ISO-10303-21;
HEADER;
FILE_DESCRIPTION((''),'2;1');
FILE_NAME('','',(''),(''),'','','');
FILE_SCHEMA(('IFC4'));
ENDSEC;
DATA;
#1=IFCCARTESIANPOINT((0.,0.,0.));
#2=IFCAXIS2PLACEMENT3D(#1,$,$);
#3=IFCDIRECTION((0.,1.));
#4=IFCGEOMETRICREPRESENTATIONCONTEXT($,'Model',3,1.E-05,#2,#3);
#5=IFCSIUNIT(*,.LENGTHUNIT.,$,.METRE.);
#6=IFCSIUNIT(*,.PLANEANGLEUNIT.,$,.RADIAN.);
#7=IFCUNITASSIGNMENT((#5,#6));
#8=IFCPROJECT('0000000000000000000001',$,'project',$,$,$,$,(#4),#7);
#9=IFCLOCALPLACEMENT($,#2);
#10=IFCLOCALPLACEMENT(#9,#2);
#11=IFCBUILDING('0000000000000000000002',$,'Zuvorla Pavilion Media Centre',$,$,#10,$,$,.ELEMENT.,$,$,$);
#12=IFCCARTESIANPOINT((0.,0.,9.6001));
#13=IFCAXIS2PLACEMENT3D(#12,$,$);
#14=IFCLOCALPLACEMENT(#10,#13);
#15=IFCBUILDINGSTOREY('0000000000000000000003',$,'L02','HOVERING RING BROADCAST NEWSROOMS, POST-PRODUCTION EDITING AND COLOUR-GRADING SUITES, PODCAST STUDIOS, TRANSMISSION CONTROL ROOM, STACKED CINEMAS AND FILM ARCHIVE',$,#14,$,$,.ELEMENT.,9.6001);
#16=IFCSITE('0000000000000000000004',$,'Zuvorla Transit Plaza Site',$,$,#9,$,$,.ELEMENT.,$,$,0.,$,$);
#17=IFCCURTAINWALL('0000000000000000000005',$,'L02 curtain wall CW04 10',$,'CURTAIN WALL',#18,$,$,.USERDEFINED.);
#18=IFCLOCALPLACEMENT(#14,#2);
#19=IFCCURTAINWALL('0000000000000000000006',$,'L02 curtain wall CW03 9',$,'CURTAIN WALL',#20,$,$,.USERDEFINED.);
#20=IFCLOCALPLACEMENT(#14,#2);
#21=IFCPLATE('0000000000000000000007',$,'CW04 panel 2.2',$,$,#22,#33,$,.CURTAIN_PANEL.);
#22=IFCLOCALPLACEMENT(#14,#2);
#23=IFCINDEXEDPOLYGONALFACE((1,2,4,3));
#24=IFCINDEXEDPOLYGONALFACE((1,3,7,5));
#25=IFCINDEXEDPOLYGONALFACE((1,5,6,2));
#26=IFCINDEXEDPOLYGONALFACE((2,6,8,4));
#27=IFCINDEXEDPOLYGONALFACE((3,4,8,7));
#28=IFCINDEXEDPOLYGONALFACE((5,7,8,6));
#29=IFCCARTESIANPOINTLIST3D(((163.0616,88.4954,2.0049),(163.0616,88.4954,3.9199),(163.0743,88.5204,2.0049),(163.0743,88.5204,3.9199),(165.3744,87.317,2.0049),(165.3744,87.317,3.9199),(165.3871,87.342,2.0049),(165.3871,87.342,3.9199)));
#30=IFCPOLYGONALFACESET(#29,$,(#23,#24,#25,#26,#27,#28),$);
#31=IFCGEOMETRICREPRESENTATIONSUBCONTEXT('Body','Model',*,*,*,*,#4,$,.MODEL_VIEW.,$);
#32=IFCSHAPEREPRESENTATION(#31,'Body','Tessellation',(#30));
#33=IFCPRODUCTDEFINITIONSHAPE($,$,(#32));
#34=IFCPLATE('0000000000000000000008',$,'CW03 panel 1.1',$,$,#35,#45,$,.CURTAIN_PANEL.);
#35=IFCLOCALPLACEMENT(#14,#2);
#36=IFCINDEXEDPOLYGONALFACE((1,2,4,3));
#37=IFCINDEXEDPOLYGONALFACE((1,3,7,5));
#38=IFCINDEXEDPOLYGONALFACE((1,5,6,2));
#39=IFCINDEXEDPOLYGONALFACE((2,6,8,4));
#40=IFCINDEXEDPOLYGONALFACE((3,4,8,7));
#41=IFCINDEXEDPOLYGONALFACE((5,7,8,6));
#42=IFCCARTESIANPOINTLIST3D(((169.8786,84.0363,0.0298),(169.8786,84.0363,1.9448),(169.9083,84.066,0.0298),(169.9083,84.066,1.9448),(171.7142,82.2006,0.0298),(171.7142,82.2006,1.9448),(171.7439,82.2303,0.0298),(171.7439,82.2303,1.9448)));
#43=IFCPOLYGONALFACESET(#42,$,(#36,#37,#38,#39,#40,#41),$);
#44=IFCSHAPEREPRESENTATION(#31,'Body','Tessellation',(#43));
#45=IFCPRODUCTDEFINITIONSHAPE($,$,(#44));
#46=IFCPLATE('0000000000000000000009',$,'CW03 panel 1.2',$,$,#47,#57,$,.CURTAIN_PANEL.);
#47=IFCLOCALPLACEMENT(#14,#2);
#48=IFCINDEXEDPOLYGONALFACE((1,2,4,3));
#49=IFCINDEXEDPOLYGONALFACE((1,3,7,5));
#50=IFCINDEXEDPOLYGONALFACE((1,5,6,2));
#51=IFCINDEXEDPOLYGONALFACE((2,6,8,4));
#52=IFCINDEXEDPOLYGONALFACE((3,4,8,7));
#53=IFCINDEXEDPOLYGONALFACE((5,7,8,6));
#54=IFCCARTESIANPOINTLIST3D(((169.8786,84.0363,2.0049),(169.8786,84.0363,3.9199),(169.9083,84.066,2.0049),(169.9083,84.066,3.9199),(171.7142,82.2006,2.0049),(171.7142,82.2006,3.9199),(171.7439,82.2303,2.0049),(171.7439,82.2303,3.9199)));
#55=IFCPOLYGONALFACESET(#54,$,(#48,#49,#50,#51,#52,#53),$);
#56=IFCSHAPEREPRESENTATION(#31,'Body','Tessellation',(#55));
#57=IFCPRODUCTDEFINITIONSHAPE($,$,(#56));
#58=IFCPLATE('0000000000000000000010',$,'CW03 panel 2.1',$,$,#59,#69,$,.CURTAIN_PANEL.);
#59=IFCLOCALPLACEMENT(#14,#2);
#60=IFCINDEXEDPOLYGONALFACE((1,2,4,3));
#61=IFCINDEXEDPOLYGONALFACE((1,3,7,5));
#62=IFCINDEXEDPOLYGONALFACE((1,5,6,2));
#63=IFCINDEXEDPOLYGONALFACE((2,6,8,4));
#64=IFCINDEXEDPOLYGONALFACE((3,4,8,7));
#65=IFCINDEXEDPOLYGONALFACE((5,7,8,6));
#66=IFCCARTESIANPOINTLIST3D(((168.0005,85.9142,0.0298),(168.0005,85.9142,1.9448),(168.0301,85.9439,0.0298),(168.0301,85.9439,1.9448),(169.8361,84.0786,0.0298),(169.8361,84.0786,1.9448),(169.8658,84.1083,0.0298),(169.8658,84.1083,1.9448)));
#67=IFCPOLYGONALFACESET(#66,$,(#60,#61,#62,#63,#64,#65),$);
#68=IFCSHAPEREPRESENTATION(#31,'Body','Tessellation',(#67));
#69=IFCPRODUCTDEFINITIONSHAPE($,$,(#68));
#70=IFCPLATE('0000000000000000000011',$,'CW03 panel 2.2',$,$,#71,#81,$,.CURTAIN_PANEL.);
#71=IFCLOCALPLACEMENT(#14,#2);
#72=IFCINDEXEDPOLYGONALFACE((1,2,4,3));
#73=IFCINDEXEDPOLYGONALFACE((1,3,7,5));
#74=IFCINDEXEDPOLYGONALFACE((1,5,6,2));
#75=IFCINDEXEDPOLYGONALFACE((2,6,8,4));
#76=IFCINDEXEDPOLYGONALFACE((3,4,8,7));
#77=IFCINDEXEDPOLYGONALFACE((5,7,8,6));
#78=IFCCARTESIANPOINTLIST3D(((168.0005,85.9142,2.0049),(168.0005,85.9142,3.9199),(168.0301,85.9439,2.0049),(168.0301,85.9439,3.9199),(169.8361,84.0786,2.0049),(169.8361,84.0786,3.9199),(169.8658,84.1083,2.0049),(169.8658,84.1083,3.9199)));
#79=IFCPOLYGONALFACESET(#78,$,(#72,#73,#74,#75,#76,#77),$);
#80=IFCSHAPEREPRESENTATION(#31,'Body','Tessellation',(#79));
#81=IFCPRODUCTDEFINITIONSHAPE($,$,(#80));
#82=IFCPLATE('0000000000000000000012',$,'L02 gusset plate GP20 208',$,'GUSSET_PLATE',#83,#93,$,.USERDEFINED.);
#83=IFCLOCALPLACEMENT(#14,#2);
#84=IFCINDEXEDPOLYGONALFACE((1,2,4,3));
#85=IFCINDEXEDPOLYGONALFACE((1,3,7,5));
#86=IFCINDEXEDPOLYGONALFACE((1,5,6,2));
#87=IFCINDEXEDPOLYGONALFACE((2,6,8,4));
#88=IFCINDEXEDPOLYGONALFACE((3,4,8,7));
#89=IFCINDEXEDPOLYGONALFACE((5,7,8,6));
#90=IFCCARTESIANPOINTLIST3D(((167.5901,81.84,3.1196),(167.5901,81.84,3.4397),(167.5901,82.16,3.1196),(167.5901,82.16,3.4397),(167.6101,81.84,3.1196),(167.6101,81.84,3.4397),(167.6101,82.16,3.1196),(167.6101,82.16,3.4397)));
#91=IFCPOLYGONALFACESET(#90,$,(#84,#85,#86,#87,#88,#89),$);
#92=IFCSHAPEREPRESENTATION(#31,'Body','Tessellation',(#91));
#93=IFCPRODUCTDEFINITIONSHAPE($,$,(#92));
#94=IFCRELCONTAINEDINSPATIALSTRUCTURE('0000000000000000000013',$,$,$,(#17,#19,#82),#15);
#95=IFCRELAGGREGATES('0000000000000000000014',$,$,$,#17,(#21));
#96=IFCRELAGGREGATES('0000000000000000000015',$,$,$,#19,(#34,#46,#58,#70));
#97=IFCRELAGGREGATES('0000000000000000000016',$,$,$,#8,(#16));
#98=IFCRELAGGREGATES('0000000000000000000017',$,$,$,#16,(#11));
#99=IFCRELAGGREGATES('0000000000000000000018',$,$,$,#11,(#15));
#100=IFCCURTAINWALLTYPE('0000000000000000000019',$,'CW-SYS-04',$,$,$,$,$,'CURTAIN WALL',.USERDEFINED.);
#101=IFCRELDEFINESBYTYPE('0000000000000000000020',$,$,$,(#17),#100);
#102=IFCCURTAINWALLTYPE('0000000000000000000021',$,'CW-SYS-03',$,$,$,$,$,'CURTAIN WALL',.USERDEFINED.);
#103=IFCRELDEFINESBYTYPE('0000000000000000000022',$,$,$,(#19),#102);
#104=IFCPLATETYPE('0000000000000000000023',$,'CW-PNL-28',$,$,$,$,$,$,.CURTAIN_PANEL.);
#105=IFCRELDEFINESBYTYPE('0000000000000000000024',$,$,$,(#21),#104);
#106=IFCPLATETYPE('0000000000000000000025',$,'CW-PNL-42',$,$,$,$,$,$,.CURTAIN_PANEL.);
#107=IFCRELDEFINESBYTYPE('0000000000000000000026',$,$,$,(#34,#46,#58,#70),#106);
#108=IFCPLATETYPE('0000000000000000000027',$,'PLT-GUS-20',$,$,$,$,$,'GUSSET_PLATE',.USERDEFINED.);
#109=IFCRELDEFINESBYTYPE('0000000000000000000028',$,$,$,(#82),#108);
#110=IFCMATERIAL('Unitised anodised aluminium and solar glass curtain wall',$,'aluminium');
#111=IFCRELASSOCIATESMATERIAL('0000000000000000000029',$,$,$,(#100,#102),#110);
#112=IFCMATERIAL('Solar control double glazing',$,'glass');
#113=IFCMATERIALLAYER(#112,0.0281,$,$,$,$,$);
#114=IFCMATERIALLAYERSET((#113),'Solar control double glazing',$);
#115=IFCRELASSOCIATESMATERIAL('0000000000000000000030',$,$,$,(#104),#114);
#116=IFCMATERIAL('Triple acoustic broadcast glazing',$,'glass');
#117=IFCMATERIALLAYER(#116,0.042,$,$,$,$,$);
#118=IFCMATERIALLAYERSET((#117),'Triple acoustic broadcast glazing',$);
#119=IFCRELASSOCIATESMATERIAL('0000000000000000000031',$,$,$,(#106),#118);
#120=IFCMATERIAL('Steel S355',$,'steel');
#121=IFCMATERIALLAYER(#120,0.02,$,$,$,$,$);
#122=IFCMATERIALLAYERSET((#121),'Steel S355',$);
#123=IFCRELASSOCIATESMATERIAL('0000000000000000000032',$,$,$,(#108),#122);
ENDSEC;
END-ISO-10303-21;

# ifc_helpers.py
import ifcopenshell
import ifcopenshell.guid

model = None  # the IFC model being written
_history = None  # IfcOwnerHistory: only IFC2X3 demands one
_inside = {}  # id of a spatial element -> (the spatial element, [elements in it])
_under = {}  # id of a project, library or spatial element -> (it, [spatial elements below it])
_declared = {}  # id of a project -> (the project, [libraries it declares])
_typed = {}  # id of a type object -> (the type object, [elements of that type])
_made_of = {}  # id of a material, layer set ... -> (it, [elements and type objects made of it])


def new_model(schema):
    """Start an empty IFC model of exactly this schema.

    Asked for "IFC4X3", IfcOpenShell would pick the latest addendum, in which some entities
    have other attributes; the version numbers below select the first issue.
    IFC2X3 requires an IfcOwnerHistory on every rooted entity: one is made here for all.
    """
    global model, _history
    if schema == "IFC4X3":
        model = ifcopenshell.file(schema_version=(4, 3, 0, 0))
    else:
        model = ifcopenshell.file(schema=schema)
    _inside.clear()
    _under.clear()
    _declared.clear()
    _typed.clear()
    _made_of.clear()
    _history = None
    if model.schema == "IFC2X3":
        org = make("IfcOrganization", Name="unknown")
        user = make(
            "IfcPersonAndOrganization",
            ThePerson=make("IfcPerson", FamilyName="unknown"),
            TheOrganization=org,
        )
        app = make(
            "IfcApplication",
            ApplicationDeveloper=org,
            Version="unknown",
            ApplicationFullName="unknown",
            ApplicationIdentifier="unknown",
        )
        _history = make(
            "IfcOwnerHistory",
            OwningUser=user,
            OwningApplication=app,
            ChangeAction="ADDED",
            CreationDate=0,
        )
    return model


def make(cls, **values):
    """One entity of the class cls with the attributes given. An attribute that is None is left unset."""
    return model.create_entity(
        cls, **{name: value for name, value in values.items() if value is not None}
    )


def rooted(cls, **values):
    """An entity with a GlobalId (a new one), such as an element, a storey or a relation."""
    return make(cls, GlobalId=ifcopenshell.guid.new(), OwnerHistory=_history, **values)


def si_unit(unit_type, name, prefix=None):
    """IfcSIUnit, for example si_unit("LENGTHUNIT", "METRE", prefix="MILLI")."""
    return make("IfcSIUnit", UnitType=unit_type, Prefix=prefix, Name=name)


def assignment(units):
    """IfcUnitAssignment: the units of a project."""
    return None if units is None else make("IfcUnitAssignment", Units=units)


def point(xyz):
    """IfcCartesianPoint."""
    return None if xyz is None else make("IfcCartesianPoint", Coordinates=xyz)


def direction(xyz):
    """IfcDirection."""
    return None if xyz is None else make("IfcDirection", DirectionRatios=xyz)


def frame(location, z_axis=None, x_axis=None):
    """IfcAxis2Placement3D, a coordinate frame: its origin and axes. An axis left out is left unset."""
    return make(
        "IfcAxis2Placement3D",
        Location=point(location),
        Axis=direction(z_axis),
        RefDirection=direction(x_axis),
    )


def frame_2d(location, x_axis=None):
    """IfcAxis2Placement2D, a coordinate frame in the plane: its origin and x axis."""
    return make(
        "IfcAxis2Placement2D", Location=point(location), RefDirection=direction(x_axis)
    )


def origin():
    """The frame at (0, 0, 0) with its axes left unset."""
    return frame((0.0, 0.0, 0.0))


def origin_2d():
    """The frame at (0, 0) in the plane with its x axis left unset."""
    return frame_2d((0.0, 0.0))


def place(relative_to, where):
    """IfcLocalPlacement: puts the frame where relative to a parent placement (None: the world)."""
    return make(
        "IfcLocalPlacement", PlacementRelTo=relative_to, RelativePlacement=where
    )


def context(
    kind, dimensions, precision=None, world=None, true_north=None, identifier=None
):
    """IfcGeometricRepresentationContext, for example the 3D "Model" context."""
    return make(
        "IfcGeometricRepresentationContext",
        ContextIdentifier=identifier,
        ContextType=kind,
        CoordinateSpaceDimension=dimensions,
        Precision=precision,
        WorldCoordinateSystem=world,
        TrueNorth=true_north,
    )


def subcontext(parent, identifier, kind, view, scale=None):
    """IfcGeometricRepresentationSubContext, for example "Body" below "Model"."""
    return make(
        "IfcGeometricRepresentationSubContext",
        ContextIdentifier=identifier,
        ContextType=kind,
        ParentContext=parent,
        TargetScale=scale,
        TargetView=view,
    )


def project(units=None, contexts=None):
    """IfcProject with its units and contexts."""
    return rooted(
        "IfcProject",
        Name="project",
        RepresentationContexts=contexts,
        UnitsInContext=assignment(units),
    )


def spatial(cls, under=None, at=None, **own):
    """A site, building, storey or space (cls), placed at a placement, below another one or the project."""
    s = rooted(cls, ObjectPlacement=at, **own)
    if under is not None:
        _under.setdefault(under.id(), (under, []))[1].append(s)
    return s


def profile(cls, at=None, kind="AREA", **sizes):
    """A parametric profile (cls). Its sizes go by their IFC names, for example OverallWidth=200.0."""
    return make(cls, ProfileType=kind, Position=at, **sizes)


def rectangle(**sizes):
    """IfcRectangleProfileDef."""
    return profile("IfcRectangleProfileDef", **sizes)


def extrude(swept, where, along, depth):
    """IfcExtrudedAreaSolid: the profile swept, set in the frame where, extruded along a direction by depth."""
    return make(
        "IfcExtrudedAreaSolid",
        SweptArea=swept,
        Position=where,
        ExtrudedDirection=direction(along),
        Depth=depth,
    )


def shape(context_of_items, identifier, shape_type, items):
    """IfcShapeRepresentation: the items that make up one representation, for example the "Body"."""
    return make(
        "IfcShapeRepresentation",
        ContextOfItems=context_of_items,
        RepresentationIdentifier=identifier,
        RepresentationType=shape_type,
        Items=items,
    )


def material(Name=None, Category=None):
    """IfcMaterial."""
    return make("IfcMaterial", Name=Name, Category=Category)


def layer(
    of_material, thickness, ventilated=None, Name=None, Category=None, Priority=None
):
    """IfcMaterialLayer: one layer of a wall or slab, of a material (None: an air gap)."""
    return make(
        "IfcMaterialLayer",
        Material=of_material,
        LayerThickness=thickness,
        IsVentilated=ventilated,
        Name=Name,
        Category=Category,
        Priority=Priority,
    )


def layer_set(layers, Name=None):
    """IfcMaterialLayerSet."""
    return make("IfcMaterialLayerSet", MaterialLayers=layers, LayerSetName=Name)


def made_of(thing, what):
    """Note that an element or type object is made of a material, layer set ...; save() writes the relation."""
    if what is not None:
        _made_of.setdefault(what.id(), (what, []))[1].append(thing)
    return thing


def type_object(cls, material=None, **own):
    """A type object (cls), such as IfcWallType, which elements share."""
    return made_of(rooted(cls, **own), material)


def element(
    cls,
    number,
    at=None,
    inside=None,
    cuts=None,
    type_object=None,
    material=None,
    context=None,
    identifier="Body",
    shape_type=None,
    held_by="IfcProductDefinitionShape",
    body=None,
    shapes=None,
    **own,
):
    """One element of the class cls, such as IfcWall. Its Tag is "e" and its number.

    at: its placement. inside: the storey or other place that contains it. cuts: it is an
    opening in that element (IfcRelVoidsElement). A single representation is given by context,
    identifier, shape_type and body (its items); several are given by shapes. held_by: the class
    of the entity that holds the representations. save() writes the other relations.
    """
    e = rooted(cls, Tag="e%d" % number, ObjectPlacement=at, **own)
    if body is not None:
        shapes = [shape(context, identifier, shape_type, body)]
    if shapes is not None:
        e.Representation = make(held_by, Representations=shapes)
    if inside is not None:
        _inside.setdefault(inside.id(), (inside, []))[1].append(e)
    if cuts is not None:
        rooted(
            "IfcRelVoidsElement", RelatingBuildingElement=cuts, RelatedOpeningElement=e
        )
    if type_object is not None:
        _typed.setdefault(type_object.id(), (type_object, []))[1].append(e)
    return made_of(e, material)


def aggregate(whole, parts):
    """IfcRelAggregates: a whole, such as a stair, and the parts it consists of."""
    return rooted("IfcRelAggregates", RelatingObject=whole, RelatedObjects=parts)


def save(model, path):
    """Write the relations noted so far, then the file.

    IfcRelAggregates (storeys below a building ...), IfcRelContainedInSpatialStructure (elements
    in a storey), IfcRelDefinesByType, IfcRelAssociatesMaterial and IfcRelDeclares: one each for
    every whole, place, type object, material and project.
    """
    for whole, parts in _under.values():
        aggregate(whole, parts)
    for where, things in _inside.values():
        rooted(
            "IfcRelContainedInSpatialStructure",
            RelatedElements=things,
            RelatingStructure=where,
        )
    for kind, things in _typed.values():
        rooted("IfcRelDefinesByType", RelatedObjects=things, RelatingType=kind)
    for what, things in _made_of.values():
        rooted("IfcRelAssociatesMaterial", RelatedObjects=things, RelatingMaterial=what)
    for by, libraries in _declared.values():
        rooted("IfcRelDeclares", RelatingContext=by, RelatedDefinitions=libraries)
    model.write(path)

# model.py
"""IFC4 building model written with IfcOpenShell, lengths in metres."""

from ifc_helpers import new_model, si_unit, direction, frame, origin, origin_2d, place, context, subcontext, project, spatial, rectangle, extrude, material, layer, layer_set, type_object, element, aggregate, save


model = new_model("IFC4")

# Units and contexts
model_context = context("Model", 3, precision=1e-05, world=origin(), true_north=direction((0.0, 1.0)))
body_context = subcontext(model_context, "Body", "Model", "MODEL_VIEW")
ifc_project = project(units=[si_unit("LENGTHUNIT", "METRE"), si_unit("PLANEANGLEUNIT", "RADIAN")], contexts=[model_context])

# Site, building, storey
site_placement = place(None, origin())
site = spatial("IfcSite", under=ifc_project, at=site_placement, Name="Zuvorla Transit Plaza Site", CompositionType="ELEMENT", RefElevation=0.0)
building_placement = place(site_placement, origin())
building = spatial("IfcBuilding", under=site, at=building_placement, Name="Zuvorla Pavilion Media Centre", CompositionType="ELEMENT")
storey_placement = place(building_placement, frame((0.0, 0.0, 9.6001)))
storey = spatial("IfcBuildingStorey", under=building, at=storey_placement, Name="L02", Description="HOVERING RING BROADCAST NEWSROOMS, POST-PRODUCTION EDITING AND COLOUR-GRADING SUITES, PODCAST STUDIOS, TRANSMISSION CONTROL ROOM, STACKED CINEMAS AND FILM ARCHIVE", CompositionType="ELEMENT", Elevation=9.6001)

# Shared definitions
ifc_material_1 = material(Name="Steel S355", Category="steel")

# Curtain walls
ifc_material_2 = material(Name="Unitised anodised aluminium and solar glass curtain wall", Category="aluminium")
curtain_wall_type_1 = type_object("IfcCurtainWallType", Name="CW-SYS-04", ElementType="CURTAIN WALL", PredefinedType="USERDEFINED", material=ifc_material_2)
curtain_wall_1_placement = place(storey_placement, origin())
curtain_wall_1 = element("IfcCurtainWall", 1, at=curtain_wall_1_placement, inside=storey, type_object=curtain_wall_type_1, Name="L02 curtain wall CW04 10", ObjectType="CURTAIN WALL", PredefinedType="USERDEFINED")
curtain_wall_type_2 = type_object("IfcCurtainWallType", Name="CW-SYS-03", ElementType="CURTAIN WALL", PredefinedType="USERDEFINED", material=ifc_material_2)
curtain_wall_2_placement = place(storey_placement, origin())
curtain_wall_2 = element("IfcCurtainWall", 2, at=curtain_wall_2_placement, inside=storey, type_object=curtain_wall_type_2, Name="L02 curtain wall CW03 9", ObjectType="CURTAIN WALL", PredefinedType="USERDEFINED")

# Plates
ifc_material_3 = material(Name="Solar control double glazing", Category="glass")
ifc_layer_1 = layer(ifc_material_3, 0.0281)
ifc_layer_set_1 = layer_set([ifc_layer_1], Name="Solar control double glazing")
plate_type_1 = type_object("IfcPlateType", Name="CW-PNL-28", PredefinedType="CURTAIN_PANEL", material=ifc_layer_set_1)
plate_1_placement = place(storey_placement, frame((164.2244, 87.9187, 2.0049), z_axis=(0.0, 0.0, 1.0), x_axis=(-0.891009, 0.453986, 0.0)))
plate_1 = element("IfcPlate", 3, at=plate_1_placement, type_object=plate_type_1, Name="CW04 panel 2.2", PredefinedType="CURTAIN_PANEL", context=body_context, shape_type="SweptSolid", body=[
    extrude(rectangle(XDim=2.5957, YDim=0.0281, at=origin_2d()), origin(), (0.0, 0.0, 1.0), 1.915),
])
aggregate(curtain_wall_1, [plate_1])
ifc_material_4 = material(Name="Triple acoustic broadcast glazing", Category="glass")
ifc_layer_2 = layer(ifc_material_4, 0.042)
ifc_layer_set_2 = layer_set([ifc_layer_2], Name="Triple acoustic broadcast glazing")
plate_type_2 = type_object("IfcPlateType", Name="CW-PNL-42", PredefinedType="CURTAIN_PANEL", material=ifc_layer_set_2)
plate_2_placement = place(storey_placement, frame((170.8113, 83.1333, 0.0298), z_axis=(0.0, 0.0, 1.0), x_axis=(-0.707107, 0.707107, 0.0)))
plate_2 = element("IfcPlate", 4, at=plate_2_placement, type_object=plate_type_2, Name="CW03 panel 1.1", PredefinedType="CURTAIN_PANEL", context=body_context, shape_type="SweptSolid", body=[
    extrude(rectangle(XDim=2.5959, YDim=0.042, at=origin_2d()), origin(), (0.0, 0.0, 1.0), 1.915),
])
plate_3_placement = place(storey_placement, frame((170.8113, 83.1333, 2.0049), z_axis=(0.0, 0.0, 1.0), x_axis=(-0.707107, 0.707107, 0.0)))
plate_3 = element("IfcPlate", 5, at=plate_3_placement, type_object=plate_type_2, Name="CW03 panel 1.2", PredefinedType="CURTAIN_PANEL", context=body_context, shape_type="SweptSolid", body=[
    extrude(rectangle(XDim=2.5959, YDim=0.042, at=origin_2d()), origin(), (0.0, 0.0, 1.0), 1.915),
])
plate_4_placement = place(storey_placement, frame((168.9331, 85.0112, 0.0298), z_axis=(0.0, 0.0, 1.0), x_axis=(-0.707107, 0.707107, 0.0)))
plate_4 = element("IfcPlate", 6, at=plate_4_placement, type_object=plate_type_2, Name="CW03 panel 2.1", PredefinedType="CURTAIN_PANEL", context=body_context, shape_type="SweptSolid", body=[
    extrude(rectangle(XDim=2.5959, YDim=0.042, at=origin_2d()), origin(), (0.0, 0.0, 1.0), 1.915),
])
plate_5_placement = place(storey_placement, frame((168.9331, 85.0112, 2.0049), z_axis=(0.0, 0.0, 1.0), x_axis=(-0.707107, 0.707107, 0.0)))
plate_5 = element("IfcPlate", 7, at=plate_5_placement, type_object=plate_type_2, Name="CW03 panel 2.2", PredefinedType="CURTAIN_PANEL", context=body_context, shape_type="SweptSolid", body=[
    extrude(rectangle(XDim=2.5959, YDim=0.042, at=origin_2d()), origin(), (0.0, 0.0, 1.0), 1.915),
])
aggregate(curtain_wall_2, [plate_2, plate_3, plate_4, plate_5])
ifc_layer_3 = layer(ifc_material_1, 0.02)
ifc_layer_set_3 = layer_set([ifc_layer_3], Name="Steel S355")
plate_type_3 = type_object("IfcPlateType", Name="PLT-GUS-20", ElementType="GUSSET_PLATE", PredefinedType="USERDEFINED", material=ifc_layer_set_3)
plate_6_placement = place(storey_placement, frame((167.6001, 82.0, 3.1196), z_axis=(0.0, 0.0, 1.0), x_axis=(1.0, 0.0, 0.0)))
element("IfcPlate", 8, at=plate_6_placement, inside=storey, type_object=plate_type_3, Name="L02 gusset plate GP20 208", ObjectType="GUSSET_PLATE", PredefinedType="USERDEFINED", context=body_context, shape_type="SweptSolid", body=[
    extrude(rectangle(XDim=0.02, YDim=0.3201, at=origin_2d()), origin(), (0.0, 0.0, 1.0), 0.3201),
])

save(model, "model.ifc")
